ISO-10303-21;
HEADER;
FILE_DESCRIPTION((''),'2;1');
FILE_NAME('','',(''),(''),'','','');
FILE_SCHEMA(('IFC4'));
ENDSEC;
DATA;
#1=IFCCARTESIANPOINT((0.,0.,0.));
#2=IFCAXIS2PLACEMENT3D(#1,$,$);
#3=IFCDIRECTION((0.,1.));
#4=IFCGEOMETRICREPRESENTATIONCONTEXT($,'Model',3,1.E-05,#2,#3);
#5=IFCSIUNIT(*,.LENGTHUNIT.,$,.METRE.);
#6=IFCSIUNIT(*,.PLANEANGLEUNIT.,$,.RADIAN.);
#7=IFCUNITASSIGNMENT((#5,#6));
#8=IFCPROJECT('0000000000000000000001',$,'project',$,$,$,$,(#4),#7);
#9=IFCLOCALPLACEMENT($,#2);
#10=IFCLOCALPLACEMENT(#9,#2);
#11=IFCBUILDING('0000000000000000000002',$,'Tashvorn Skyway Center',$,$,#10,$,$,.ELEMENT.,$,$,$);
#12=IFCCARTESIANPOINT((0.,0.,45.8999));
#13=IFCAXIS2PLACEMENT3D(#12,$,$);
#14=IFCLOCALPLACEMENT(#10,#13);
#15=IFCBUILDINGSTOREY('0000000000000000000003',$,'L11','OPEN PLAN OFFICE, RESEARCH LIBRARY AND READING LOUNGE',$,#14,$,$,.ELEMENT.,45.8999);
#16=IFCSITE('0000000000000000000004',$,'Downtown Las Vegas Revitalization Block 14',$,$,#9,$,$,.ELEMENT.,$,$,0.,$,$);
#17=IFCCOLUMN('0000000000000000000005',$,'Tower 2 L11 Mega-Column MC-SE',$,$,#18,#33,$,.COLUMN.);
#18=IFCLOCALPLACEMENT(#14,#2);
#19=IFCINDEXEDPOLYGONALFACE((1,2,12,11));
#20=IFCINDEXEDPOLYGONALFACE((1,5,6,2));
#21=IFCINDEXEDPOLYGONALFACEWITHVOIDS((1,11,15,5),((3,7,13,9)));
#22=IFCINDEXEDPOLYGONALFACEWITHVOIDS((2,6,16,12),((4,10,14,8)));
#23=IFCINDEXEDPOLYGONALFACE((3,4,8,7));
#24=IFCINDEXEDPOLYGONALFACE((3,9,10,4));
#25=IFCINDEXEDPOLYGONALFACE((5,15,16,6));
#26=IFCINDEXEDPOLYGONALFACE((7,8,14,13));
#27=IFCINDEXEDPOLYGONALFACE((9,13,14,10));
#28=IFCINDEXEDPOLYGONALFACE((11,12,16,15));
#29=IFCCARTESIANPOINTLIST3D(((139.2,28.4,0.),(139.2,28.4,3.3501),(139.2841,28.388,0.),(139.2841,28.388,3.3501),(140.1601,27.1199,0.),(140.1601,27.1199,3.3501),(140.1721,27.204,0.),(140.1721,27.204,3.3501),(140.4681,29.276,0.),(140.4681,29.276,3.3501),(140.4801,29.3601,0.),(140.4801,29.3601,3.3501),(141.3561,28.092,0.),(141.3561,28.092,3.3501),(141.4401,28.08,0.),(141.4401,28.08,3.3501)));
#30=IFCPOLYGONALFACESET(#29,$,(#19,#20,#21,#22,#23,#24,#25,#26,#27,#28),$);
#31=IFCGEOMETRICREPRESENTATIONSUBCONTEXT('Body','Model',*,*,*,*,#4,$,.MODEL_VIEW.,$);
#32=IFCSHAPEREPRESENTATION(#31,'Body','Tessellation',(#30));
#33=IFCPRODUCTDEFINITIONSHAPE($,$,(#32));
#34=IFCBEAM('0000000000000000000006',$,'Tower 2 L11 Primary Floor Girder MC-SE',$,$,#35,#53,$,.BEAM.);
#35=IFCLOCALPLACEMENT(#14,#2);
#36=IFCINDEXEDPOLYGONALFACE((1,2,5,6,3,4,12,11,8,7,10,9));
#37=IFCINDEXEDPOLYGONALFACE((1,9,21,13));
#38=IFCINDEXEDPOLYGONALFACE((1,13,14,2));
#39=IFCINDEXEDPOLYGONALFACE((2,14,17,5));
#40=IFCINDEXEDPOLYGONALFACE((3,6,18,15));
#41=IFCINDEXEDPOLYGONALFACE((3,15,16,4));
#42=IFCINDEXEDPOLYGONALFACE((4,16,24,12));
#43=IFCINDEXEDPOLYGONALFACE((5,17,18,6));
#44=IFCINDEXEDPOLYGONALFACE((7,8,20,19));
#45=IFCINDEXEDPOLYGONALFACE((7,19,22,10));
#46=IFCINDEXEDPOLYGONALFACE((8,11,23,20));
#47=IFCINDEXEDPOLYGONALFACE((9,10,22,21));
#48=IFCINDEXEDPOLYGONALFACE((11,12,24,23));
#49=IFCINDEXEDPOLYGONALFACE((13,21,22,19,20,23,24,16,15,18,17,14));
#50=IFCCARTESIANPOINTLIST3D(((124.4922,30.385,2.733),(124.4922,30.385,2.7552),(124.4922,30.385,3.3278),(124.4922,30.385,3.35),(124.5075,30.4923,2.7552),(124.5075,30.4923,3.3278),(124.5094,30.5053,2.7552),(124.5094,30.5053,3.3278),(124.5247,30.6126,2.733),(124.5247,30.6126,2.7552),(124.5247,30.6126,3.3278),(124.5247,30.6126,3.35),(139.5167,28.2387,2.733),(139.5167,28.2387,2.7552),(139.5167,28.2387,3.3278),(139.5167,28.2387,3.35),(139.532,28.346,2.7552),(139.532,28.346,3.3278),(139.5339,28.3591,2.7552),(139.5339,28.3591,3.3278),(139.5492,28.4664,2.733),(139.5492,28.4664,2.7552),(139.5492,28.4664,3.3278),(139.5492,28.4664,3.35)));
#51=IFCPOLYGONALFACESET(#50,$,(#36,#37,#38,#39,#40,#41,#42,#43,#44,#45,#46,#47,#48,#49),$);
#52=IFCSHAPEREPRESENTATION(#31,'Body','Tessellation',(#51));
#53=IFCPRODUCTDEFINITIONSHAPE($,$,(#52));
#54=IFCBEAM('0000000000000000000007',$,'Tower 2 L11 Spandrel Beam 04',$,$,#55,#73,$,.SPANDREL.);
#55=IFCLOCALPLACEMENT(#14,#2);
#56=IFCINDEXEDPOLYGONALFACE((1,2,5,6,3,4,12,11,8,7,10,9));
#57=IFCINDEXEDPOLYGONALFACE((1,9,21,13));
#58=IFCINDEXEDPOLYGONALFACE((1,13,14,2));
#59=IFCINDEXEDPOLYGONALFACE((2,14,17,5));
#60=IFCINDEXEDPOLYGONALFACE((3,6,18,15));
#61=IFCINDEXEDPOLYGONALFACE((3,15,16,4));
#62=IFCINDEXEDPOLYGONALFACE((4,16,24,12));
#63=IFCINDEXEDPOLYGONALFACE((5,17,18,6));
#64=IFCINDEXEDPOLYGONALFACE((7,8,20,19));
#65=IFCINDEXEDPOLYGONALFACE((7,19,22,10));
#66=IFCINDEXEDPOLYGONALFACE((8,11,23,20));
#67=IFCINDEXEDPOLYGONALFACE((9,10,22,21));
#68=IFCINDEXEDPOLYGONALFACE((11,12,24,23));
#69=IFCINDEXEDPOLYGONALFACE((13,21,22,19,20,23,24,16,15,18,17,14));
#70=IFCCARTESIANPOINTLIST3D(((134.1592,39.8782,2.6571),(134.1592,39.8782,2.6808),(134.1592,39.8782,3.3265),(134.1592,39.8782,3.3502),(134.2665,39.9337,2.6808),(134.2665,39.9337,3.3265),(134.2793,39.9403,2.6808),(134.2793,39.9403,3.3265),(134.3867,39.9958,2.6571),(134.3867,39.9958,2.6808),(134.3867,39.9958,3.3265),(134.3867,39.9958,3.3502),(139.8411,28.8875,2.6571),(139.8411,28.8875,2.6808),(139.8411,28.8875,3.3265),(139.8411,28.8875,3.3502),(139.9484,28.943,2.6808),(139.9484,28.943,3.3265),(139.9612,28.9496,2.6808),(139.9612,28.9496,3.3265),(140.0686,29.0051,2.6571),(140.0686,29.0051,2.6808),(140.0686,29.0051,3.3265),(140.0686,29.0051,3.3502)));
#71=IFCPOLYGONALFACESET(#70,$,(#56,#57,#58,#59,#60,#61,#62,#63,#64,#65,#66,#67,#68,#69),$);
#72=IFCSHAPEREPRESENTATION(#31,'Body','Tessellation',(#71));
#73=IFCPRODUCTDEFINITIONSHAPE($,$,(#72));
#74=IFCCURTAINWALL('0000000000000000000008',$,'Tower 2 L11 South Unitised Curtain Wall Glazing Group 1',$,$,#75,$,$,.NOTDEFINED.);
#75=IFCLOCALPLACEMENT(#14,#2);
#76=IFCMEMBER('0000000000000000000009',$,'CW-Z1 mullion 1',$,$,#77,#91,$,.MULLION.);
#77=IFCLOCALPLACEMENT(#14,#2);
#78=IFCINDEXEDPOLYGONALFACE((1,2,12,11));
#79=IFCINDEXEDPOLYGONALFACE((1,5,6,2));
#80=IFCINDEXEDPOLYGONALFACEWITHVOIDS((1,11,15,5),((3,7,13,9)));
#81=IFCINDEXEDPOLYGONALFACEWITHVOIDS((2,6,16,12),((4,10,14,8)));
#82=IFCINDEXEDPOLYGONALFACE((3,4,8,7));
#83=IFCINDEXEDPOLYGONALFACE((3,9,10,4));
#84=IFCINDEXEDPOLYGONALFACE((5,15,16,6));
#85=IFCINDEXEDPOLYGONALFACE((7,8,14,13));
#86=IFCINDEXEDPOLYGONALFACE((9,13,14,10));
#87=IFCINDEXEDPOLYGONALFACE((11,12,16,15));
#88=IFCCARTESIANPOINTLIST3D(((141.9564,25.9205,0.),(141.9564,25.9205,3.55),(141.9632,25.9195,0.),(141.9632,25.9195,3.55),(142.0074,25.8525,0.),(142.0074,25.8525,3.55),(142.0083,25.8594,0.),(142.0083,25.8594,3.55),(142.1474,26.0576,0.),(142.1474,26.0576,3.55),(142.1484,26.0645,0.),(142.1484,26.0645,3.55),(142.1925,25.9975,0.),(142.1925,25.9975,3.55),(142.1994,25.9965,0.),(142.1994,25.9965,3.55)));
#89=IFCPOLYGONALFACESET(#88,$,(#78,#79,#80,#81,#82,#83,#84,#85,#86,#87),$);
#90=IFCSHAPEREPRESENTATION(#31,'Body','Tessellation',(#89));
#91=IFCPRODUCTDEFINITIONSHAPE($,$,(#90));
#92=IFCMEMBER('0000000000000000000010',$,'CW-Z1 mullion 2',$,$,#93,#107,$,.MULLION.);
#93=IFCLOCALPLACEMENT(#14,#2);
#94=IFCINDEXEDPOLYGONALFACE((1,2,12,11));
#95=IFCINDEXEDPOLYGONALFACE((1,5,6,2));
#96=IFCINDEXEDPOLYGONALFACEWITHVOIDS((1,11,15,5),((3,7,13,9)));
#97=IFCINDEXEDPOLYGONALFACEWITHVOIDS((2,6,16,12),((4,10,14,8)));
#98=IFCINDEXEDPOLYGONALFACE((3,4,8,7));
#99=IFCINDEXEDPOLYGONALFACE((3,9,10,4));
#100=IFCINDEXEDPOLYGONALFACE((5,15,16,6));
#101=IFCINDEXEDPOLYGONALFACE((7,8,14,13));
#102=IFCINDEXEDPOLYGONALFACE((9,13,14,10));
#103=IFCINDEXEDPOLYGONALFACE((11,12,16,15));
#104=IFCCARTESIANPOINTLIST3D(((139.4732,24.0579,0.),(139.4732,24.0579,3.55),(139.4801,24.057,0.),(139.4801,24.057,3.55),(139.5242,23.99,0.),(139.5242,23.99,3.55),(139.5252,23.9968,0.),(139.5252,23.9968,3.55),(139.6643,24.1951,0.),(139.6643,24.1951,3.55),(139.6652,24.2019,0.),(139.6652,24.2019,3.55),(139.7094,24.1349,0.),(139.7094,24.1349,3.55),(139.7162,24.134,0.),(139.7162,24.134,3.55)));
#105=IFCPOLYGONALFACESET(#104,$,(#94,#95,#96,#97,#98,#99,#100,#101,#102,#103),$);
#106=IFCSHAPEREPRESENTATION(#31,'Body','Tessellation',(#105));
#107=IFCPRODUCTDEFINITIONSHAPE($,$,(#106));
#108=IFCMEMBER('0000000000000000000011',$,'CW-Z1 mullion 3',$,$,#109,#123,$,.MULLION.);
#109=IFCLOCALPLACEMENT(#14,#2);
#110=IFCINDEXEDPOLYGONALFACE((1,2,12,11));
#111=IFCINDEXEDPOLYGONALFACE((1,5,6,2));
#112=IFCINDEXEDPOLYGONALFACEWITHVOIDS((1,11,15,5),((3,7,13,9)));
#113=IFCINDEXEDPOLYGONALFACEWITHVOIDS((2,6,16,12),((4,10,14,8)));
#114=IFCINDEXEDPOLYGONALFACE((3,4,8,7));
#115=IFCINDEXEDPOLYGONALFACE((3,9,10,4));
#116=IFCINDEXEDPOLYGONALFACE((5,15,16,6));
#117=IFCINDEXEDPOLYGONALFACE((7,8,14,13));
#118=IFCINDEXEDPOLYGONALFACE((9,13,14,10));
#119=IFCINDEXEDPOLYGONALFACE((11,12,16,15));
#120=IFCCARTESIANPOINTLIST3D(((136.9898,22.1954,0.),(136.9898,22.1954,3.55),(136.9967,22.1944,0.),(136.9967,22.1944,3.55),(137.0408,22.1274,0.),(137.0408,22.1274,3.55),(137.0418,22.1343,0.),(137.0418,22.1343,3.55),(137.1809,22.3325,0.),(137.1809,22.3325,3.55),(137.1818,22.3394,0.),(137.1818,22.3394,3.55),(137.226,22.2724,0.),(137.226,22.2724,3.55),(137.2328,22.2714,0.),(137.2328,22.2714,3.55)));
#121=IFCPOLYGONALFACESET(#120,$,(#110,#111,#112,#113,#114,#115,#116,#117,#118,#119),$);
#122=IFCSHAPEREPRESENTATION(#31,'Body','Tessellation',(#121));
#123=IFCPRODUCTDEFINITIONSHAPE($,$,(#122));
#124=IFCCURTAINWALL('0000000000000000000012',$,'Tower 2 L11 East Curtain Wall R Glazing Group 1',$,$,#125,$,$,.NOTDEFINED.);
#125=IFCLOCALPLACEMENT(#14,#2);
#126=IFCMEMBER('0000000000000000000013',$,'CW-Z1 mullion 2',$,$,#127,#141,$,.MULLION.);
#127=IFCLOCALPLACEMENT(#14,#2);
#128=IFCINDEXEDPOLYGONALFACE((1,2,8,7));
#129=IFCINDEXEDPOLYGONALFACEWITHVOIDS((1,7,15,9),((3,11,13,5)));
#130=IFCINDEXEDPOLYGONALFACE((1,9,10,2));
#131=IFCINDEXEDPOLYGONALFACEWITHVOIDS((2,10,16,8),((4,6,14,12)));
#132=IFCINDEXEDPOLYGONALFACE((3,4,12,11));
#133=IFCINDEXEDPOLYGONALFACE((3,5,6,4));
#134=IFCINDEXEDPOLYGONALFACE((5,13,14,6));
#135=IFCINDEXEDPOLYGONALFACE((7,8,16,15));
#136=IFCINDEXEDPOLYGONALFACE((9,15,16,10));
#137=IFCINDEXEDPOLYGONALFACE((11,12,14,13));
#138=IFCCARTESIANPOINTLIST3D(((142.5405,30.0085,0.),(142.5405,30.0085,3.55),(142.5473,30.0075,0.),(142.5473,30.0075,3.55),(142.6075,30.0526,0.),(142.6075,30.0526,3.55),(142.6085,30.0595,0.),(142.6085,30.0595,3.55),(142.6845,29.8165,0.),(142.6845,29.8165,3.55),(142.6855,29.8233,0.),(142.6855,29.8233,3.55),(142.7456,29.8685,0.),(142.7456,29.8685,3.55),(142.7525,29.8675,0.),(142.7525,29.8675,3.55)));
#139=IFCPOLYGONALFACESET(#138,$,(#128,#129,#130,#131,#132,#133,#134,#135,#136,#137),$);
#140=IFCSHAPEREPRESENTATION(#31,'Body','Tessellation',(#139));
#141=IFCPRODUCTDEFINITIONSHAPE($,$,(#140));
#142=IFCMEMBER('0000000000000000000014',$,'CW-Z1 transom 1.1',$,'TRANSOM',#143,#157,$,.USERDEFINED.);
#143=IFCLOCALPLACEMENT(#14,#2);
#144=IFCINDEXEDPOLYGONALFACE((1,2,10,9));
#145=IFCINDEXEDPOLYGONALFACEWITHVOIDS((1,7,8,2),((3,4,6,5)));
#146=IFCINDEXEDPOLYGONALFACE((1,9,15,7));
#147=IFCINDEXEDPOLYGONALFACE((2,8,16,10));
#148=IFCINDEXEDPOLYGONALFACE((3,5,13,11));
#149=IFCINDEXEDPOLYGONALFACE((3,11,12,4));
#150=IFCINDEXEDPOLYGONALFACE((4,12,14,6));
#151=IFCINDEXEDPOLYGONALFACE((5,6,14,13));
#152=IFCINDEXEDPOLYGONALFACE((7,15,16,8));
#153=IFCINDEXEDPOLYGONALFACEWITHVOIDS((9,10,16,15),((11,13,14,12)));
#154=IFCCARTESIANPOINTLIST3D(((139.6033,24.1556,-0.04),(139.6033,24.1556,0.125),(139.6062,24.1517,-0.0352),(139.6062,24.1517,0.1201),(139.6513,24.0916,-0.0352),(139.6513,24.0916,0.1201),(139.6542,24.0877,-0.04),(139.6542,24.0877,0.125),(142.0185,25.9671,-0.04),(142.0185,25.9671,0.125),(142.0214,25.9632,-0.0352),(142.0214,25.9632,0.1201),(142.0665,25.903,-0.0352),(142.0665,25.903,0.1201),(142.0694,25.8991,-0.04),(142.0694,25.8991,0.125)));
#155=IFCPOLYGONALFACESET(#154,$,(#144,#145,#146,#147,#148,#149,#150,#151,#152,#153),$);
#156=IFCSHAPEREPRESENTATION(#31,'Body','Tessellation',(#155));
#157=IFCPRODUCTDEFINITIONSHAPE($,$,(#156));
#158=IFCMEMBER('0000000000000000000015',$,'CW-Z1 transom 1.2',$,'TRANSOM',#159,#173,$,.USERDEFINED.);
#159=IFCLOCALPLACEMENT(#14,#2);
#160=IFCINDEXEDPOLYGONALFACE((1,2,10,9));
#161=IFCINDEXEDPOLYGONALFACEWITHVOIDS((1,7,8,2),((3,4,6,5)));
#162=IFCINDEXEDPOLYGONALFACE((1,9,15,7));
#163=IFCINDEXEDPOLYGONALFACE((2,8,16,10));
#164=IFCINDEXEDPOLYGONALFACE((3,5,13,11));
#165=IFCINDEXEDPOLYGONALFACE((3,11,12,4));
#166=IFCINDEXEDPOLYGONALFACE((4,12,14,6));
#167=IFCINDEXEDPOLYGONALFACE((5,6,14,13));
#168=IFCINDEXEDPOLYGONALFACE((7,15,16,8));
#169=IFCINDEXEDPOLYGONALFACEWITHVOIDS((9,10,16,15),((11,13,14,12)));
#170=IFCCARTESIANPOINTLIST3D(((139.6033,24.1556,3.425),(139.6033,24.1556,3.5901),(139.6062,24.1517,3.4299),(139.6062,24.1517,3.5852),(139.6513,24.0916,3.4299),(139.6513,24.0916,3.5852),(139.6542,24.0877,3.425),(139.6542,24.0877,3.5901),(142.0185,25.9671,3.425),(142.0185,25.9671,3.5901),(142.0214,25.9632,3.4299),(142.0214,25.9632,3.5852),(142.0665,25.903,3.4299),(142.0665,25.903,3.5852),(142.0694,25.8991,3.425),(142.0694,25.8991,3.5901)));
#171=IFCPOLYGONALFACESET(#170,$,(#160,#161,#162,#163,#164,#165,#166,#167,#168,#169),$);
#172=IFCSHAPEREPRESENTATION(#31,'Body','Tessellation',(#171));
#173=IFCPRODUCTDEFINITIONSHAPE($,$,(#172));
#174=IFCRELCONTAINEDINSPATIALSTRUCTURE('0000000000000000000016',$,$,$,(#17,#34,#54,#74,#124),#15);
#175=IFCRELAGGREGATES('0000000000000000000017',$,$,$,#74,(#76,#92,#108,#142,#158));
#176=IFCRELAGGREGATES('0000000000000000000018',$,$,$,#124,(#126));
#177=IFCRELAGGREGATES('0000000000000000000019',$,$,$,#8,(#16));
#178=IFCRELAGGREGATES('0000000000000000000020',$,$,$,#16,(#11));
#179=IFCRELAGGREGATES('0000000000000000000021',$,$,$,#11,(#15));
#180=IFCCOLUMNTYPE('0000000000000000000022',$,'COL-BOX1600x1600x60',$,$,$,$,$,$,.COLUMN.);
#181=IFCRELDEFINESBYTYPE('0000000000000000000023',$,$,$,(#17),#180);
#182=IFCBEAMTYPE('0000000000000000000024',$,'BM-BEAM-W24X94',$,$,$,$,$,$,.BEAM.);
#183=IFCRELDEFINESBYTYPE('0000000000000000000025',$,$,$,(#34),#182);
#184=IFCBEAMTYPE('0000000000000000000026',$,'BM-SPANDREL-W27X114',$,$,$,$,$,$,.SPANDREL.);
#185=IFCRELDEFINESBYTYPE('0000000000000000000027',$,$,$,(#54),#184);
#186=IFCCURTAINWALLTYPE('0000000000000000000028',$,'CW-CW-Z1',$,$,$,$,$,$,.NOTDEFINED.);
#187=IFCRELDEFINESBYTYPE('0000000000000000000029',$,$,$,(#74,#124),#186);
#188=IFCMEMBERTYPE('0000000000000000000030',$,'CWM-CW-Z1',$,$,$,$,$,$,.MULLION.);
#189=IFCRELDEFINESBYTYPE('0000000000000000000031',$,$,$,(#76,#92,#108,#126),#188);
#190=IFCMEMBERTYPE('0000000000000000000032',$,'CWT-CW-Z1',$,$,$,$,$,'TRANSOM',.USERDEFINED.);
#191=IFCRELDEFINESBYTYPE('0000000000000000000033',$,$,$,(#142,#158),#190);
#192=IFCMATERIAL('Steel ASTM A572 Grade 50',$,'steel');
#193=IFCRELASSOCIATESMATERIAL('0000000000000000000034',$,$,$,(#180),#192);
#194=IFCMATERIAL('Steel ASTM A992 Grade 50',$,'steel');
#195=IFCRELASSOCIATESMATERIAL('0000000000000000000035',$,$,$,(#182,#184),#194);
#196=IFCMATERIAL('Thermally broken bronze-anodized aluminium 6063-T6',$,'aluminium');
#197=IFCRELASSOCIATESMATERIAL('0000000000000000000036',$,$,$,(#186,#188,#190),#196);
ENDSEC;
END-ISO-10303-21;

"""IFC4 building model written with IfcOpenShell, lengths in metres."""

from ifc_helpers import new_model, si_unit, direction, frame, origin, origin_2d, place, context, subcontext, project, spatial, hollow_rectangle, i_section, extrude, material, material_profile, profile_set, type_object, element, aggregate, save


model = new_model("IFC4")

# Units and contexts
model_context = context("Model", 3, precision=1e-05, world=origin(), true_north=direction((0.0, 1.0)))
body_context = subcontext(model_context, "Body", "Model", "MODEL_VIEW")
ifc_project = project(units=[si_unit("LENGTHUNIT", "METRE"), si_unit("PLANEANGLEUNIT", "RADIAN")], contexts=[model_context])

# Site, building, storey
site_placement = place(None, origin())
site = spatial("IfcSite", under=ifc_project, at=site_placement, Name="Downtown Las Vegas Revitalization Block 14", CompositionType="ELEMENT", RefElevation=0.0)
building_placement = place(site_placement, origin())
building = spatial("IfcBuilding", under=site, at=building_placement, Name="Tashvorn Skyway Center", CompositionType="ELEMENT")
storey_placement = place(building_placement, frame((0.0, 0.0, 45.8999)))
storey = spatial("IfcBuildingStorey", under=building, at=storey_placement, Name="L11", Description="OPEN PLAN OFFICE, RESEARCH LIBRARY AND READING LOUNGE", CompositionType="ELEMENT", Elevation=45.8999)

# Column
ifc_material_1 = material(Name="Steel ASTM A572 Grade 50", Category="steel")
ifc_material_profile_1 = material_profile(ifc_material_1, hollow_rectangle(XDim=1.6001, YDim=1.6001, WallThickness=0.0601, at=origin_2d()), Name="BOX1600x1600x60")
ifc_profile_set_1 = profile_set([ifc_material_profile_1], Name="Steel ASTM A572 Grade 50")
column_type = type_object("IfcColumnType", Name="COL-BOX1600x1600x60", PredefinedType="COLUMN", material=ifc_profile_set_1)
column_placement = place(storey_placement, frame((140.3201, 28.24, 0.0), z_axis=(0.0, 0.0, 1.0), x_axis=(0.8, 0.6, 0.0)))
element("IfcColumn", 1, at=column_placement, inside=storey, type_object=column_type, Name="Tower 2 L11 Mega-Column MC-SE", PredefinedType="COLUMN", context=body_context, shape_type="SweptSolid", body=[
    extrude(hollow_rectangle(XDim=1.6001, YDim=1.6001, WallThickness=0.0601, at=origin_2d()), origin(), (0.0, 0.0, 1.0), 3.3501),
])

# Beams
ifc_material_2 = material(Name="Steel ASTM A992 Grade 50", Category="steel")
ifc_material_profile_2 = material_profile(ifc_material_2, i_section(OverallWidth=0.23, OverallDepth=0.6169, WebThickness=0.0132, FlangeThickness=0.0222, at=origin_2d()), Name="W24X94")
ifc_profile_set_2 = profile_set([ifc_material_profile_2], Name="Steel ASTM A992 Grade 50")
beam_type_1 = type_object("IfcBeamType", Name="BM-BEAM-W24X94", PredefinedType="BEAM", material=ifc_profile_set_2)
beam_1_placement = place(storey_placement, frame((139.533, 28.3525, 3.0415), z_axis=(-0.98995, 0.141415, 0.0), x_axis=(-0.141415, -0.98995, 0.0)))
element("IfcBeam", 2, at=beam_1_placement, inside=storey, type_object=beam_type_1, Name="Tower 2 L11 Primary Floor Girder MC-SE", PredefinedType="BEAM", context=body_context, shape_type="SweptSolid", body=[
    extrude(i_section(OverallWidth=0.23, OverallDepth=0.6169, WebThickness=0.0132, FlangeThickness=0.0222, at=origin_2d()), origin(), (0.0, 0.0, 1.0), 15.177),
])
ifc_material_profile_3 = material_profile(ifc_material_2, i_section(OverallWidth=0.2561, OverallDepth=0.6931, WebThickness=0.0144, FlangeThickness=0.0237, at=origin_2d()), Name="W27X114")
ifc_profile_set_3 = profile_set([ifc_material_profile_3], Name="Steel ASTM A992 Grade 50")
beam_type_2 = type_object("IfcBeamType", Name="BM-SPANDREL-W27X114", PredefinedType="SPANDREL", material=ifc_profile_set_3)
beam_2_placement = place(storey_placement, frame((139.9548, 28.9463, 3.0037), z_axis=(-0.459233, 0.888316, 0.0), x_axis=(-0.888316, -0.459233, 0.0)))
element("IfcBeam", 3, at=beam_2_placement, inside=storey, type_object=beam_type_2, Name="Tower 2 L11 Spandrel Beam 04", PredefinedType="SPANDREL", context=body_context, shape_type="SweptSolid", body=[
    extrude(i_section(OverallWidth=0.2561, OverallDepth=0.6931, WebThickness=0.0144, FlangeThickness=0.0237, at=origin_2d()), origin(), (0.0, 0.0, 1.0), 12.3726),
])

# Curtain wall, members
ifc_material_3 = material(Name="Thermally broken bronze-anodized aluminium 6063-T6", Category="aluminium")
curtain_wall_type = type_object("IfcCurtainWallType", Name="CW-CW-Z1", PredefinedType="NOTDEFINED", material=ifc_material_3)
curtain_wall_1_placement = place(storey_placement, origin())
curtain_wall_1 = element("IfcCurtainWall", 4, at=curtain_wall_1_placement, inside=storey, type_object=curtain_wall_type, Name="Tower 2 L11 South Unitised Curtain Wall Glazing Group 1", PredefinedType="NOTDEFINED")
ifc_material_profile_4 = material_profile(ifc_material_3, hollow_rectangle(XDim=0.085, YDim=0.24, WallThickness=0.0049, at=origin_2d()), Name="ALU-MULL-85x240")
ifc_profile_set_4 = profile_set([ifc_material_profile_4], Name="Thermally broken bronze-anodized aluminium 6063-T6")
member_type_1 = type_object("IfcMemberType", Name="CWM-CW-Z1", PredefinedType="MULLION", material=ifc_profile_set_4)
member_1_placement = place(storey_placement, frame((142.0779, 25.9585, 0.0), z_axis=(0.0, 0.0, 1.0), x_axis=(0.599997, -0.800002, 0.0)))
member_1 = element("IfcMember", 5, at=member_1_placement, type_object=member_type_1, Name="CW-Z1 mullion 1", PredefinedType="MULLION", context=body_context, shape_type="SweptSolid", body=[
    extrude(hollow_rectangle(XDim=0.085, YDim=0.24, WallThickness=0.0049, at=origin_2d()), origin(), (0.0, 0.0, 1.0), 3.55),
])
member_2_placement = place(storey_placement, frame((139.5947, 24.0959, 0.0), z_axis=(0.0, 0.0, 1.0), x_axis=(0.599997, -0.800002, 0.0)))
member_2 = element("IfcMember", 6, at=member_2_placement, type_object=member_type_1, Name="CW-Z1 mullion 2", PredefinedType="MULLION", context=body_context, shape_type="SweptSolid", body=[
    extrude(hollow_rectangle(XDim=0.085, YDim=0.24, WallThickness=0.0049, at=origin_2d()), origin(), (0.0, 0.0, 1.0), 3.55),
])
member_3_placement = place(storey_placement, frame((137.1113, 22.2334, 0.0), z_axis=(0.0, 0.0, 1.0), x_axis=(0.599997, -0.800002, 0.0)))
member_3 = element("IfcMember", 7, at=member_3_placement, type_object=member_type_1, Name="CW-Z1 mullion 3", PredefinedType="MULLION", context=body_context, shape_type="SweptSolid", body=[
    extrude(hollow_rectangle(XDim=0.085, YDim=0.24, WallThickness=0.0049, at=origin_2d()), origin(), (0.0, 0.0, 1.0), 3.55),
])

# Curtain wall, member
curtain_wall_2_placement = place(storey_placement, origin())
curtain_wall_2 = element("IfcCurtainWall", 8, at=curtain_wall_2_placement, inside=storey, type_object=curtain_wall_type, Name="Tower 2 L11 East Curtain Wall R Glazing Group 1", PredefinedType="NOTDEFINED")
member_4_placement = place(storey_placement, frame((142.6465, 29.938, 0.0), z_axis=(0.0, 0.0, 1.0), x_axis=(0.799998, 0.600003, 0.0)))
member_4 = element("IfcMember", 9, at=member_4_placement, type_object=member_type_1, Name="CW-Z1 mullion 2", PredefinedType="MULLION", context=body_context, shape_type="SweptSolid", body=[
    extrude(hollow_rectangle(XDim=0.085, YDim=0.24, WallThickness=0.0049, at=origin_2d()), origin(), (0.0, 0.0, 1.0), 3.55),
])

# Members
ifc_material_profile_5 = material_profile(ifc_material_3, hollow_rectangle(XDim=0.085, YDim=0.165, WallThickness=0.0049, at=origin_2d()), Name="ALU-TRAN-85x165")
ifc_profile_set_5 = profile_set([ifc_material_profile_5], Name="Thermally broken bronze-anodized aluminium 6063-T6")
member_type_2 = type_object("IfcMemberType", Name="CWT-CW-Z1", ElementType="TRANSOM", PredefinedType="USERDEFINED", material=ifc_profile_set_5)
member_5_placement = place(storey_placement, frame((142.0439, 25.9331, 0.0425), z_axis=(-0.79999, -0.600013, 0.0), x_axis=(0.600013, -0.79999, 0.0)))
member_5 = element("IfcMember", 10, at=member_5_placement, type_object=member_type_2, Name="CW-Z1 transom 1.1", ObjectType="TRANSOM", PredefinedType="USERDEFINED", context=body_context, shape_type="SweptSolid", body=[
    extrude(hollow_rectangle(XDim=0.085, YDim=0.165, WallThickness=0.0049, at=origin_2d()), origin(), (0.0, 0.0, 1.0), 3.019),
])
member_6_placement = place(storey_placement, frame((142.0439, 25.9331, 3.5076), z_axis=(-0.79999, -0.600013, 0.0), x_axis=(0.600013, -0.79999, 0.0)))
member_6 = element("IfcMember", 11, at=member_6_placement, type_object=member_type_2, Name="CW-Z1 transom 1.2", ObjectType="TRANSOM", PredefinedType="USERDEFINED", context=body_context, shape_type="SweptSolid", body=[
    extrude(hollow_rectangle(XDim=0.085, YDim=0.165, WallThickness=0.0049, at=origin_2d()), origin(), (0.0, 0.0, 1.0), 3.019),
])

aggregate(curtain_wall_1, [member_1, member_2, member_3, member_5, member_6])
aggregate(curtain_wall_2, [member_4])

save(model, "model.ifc")
